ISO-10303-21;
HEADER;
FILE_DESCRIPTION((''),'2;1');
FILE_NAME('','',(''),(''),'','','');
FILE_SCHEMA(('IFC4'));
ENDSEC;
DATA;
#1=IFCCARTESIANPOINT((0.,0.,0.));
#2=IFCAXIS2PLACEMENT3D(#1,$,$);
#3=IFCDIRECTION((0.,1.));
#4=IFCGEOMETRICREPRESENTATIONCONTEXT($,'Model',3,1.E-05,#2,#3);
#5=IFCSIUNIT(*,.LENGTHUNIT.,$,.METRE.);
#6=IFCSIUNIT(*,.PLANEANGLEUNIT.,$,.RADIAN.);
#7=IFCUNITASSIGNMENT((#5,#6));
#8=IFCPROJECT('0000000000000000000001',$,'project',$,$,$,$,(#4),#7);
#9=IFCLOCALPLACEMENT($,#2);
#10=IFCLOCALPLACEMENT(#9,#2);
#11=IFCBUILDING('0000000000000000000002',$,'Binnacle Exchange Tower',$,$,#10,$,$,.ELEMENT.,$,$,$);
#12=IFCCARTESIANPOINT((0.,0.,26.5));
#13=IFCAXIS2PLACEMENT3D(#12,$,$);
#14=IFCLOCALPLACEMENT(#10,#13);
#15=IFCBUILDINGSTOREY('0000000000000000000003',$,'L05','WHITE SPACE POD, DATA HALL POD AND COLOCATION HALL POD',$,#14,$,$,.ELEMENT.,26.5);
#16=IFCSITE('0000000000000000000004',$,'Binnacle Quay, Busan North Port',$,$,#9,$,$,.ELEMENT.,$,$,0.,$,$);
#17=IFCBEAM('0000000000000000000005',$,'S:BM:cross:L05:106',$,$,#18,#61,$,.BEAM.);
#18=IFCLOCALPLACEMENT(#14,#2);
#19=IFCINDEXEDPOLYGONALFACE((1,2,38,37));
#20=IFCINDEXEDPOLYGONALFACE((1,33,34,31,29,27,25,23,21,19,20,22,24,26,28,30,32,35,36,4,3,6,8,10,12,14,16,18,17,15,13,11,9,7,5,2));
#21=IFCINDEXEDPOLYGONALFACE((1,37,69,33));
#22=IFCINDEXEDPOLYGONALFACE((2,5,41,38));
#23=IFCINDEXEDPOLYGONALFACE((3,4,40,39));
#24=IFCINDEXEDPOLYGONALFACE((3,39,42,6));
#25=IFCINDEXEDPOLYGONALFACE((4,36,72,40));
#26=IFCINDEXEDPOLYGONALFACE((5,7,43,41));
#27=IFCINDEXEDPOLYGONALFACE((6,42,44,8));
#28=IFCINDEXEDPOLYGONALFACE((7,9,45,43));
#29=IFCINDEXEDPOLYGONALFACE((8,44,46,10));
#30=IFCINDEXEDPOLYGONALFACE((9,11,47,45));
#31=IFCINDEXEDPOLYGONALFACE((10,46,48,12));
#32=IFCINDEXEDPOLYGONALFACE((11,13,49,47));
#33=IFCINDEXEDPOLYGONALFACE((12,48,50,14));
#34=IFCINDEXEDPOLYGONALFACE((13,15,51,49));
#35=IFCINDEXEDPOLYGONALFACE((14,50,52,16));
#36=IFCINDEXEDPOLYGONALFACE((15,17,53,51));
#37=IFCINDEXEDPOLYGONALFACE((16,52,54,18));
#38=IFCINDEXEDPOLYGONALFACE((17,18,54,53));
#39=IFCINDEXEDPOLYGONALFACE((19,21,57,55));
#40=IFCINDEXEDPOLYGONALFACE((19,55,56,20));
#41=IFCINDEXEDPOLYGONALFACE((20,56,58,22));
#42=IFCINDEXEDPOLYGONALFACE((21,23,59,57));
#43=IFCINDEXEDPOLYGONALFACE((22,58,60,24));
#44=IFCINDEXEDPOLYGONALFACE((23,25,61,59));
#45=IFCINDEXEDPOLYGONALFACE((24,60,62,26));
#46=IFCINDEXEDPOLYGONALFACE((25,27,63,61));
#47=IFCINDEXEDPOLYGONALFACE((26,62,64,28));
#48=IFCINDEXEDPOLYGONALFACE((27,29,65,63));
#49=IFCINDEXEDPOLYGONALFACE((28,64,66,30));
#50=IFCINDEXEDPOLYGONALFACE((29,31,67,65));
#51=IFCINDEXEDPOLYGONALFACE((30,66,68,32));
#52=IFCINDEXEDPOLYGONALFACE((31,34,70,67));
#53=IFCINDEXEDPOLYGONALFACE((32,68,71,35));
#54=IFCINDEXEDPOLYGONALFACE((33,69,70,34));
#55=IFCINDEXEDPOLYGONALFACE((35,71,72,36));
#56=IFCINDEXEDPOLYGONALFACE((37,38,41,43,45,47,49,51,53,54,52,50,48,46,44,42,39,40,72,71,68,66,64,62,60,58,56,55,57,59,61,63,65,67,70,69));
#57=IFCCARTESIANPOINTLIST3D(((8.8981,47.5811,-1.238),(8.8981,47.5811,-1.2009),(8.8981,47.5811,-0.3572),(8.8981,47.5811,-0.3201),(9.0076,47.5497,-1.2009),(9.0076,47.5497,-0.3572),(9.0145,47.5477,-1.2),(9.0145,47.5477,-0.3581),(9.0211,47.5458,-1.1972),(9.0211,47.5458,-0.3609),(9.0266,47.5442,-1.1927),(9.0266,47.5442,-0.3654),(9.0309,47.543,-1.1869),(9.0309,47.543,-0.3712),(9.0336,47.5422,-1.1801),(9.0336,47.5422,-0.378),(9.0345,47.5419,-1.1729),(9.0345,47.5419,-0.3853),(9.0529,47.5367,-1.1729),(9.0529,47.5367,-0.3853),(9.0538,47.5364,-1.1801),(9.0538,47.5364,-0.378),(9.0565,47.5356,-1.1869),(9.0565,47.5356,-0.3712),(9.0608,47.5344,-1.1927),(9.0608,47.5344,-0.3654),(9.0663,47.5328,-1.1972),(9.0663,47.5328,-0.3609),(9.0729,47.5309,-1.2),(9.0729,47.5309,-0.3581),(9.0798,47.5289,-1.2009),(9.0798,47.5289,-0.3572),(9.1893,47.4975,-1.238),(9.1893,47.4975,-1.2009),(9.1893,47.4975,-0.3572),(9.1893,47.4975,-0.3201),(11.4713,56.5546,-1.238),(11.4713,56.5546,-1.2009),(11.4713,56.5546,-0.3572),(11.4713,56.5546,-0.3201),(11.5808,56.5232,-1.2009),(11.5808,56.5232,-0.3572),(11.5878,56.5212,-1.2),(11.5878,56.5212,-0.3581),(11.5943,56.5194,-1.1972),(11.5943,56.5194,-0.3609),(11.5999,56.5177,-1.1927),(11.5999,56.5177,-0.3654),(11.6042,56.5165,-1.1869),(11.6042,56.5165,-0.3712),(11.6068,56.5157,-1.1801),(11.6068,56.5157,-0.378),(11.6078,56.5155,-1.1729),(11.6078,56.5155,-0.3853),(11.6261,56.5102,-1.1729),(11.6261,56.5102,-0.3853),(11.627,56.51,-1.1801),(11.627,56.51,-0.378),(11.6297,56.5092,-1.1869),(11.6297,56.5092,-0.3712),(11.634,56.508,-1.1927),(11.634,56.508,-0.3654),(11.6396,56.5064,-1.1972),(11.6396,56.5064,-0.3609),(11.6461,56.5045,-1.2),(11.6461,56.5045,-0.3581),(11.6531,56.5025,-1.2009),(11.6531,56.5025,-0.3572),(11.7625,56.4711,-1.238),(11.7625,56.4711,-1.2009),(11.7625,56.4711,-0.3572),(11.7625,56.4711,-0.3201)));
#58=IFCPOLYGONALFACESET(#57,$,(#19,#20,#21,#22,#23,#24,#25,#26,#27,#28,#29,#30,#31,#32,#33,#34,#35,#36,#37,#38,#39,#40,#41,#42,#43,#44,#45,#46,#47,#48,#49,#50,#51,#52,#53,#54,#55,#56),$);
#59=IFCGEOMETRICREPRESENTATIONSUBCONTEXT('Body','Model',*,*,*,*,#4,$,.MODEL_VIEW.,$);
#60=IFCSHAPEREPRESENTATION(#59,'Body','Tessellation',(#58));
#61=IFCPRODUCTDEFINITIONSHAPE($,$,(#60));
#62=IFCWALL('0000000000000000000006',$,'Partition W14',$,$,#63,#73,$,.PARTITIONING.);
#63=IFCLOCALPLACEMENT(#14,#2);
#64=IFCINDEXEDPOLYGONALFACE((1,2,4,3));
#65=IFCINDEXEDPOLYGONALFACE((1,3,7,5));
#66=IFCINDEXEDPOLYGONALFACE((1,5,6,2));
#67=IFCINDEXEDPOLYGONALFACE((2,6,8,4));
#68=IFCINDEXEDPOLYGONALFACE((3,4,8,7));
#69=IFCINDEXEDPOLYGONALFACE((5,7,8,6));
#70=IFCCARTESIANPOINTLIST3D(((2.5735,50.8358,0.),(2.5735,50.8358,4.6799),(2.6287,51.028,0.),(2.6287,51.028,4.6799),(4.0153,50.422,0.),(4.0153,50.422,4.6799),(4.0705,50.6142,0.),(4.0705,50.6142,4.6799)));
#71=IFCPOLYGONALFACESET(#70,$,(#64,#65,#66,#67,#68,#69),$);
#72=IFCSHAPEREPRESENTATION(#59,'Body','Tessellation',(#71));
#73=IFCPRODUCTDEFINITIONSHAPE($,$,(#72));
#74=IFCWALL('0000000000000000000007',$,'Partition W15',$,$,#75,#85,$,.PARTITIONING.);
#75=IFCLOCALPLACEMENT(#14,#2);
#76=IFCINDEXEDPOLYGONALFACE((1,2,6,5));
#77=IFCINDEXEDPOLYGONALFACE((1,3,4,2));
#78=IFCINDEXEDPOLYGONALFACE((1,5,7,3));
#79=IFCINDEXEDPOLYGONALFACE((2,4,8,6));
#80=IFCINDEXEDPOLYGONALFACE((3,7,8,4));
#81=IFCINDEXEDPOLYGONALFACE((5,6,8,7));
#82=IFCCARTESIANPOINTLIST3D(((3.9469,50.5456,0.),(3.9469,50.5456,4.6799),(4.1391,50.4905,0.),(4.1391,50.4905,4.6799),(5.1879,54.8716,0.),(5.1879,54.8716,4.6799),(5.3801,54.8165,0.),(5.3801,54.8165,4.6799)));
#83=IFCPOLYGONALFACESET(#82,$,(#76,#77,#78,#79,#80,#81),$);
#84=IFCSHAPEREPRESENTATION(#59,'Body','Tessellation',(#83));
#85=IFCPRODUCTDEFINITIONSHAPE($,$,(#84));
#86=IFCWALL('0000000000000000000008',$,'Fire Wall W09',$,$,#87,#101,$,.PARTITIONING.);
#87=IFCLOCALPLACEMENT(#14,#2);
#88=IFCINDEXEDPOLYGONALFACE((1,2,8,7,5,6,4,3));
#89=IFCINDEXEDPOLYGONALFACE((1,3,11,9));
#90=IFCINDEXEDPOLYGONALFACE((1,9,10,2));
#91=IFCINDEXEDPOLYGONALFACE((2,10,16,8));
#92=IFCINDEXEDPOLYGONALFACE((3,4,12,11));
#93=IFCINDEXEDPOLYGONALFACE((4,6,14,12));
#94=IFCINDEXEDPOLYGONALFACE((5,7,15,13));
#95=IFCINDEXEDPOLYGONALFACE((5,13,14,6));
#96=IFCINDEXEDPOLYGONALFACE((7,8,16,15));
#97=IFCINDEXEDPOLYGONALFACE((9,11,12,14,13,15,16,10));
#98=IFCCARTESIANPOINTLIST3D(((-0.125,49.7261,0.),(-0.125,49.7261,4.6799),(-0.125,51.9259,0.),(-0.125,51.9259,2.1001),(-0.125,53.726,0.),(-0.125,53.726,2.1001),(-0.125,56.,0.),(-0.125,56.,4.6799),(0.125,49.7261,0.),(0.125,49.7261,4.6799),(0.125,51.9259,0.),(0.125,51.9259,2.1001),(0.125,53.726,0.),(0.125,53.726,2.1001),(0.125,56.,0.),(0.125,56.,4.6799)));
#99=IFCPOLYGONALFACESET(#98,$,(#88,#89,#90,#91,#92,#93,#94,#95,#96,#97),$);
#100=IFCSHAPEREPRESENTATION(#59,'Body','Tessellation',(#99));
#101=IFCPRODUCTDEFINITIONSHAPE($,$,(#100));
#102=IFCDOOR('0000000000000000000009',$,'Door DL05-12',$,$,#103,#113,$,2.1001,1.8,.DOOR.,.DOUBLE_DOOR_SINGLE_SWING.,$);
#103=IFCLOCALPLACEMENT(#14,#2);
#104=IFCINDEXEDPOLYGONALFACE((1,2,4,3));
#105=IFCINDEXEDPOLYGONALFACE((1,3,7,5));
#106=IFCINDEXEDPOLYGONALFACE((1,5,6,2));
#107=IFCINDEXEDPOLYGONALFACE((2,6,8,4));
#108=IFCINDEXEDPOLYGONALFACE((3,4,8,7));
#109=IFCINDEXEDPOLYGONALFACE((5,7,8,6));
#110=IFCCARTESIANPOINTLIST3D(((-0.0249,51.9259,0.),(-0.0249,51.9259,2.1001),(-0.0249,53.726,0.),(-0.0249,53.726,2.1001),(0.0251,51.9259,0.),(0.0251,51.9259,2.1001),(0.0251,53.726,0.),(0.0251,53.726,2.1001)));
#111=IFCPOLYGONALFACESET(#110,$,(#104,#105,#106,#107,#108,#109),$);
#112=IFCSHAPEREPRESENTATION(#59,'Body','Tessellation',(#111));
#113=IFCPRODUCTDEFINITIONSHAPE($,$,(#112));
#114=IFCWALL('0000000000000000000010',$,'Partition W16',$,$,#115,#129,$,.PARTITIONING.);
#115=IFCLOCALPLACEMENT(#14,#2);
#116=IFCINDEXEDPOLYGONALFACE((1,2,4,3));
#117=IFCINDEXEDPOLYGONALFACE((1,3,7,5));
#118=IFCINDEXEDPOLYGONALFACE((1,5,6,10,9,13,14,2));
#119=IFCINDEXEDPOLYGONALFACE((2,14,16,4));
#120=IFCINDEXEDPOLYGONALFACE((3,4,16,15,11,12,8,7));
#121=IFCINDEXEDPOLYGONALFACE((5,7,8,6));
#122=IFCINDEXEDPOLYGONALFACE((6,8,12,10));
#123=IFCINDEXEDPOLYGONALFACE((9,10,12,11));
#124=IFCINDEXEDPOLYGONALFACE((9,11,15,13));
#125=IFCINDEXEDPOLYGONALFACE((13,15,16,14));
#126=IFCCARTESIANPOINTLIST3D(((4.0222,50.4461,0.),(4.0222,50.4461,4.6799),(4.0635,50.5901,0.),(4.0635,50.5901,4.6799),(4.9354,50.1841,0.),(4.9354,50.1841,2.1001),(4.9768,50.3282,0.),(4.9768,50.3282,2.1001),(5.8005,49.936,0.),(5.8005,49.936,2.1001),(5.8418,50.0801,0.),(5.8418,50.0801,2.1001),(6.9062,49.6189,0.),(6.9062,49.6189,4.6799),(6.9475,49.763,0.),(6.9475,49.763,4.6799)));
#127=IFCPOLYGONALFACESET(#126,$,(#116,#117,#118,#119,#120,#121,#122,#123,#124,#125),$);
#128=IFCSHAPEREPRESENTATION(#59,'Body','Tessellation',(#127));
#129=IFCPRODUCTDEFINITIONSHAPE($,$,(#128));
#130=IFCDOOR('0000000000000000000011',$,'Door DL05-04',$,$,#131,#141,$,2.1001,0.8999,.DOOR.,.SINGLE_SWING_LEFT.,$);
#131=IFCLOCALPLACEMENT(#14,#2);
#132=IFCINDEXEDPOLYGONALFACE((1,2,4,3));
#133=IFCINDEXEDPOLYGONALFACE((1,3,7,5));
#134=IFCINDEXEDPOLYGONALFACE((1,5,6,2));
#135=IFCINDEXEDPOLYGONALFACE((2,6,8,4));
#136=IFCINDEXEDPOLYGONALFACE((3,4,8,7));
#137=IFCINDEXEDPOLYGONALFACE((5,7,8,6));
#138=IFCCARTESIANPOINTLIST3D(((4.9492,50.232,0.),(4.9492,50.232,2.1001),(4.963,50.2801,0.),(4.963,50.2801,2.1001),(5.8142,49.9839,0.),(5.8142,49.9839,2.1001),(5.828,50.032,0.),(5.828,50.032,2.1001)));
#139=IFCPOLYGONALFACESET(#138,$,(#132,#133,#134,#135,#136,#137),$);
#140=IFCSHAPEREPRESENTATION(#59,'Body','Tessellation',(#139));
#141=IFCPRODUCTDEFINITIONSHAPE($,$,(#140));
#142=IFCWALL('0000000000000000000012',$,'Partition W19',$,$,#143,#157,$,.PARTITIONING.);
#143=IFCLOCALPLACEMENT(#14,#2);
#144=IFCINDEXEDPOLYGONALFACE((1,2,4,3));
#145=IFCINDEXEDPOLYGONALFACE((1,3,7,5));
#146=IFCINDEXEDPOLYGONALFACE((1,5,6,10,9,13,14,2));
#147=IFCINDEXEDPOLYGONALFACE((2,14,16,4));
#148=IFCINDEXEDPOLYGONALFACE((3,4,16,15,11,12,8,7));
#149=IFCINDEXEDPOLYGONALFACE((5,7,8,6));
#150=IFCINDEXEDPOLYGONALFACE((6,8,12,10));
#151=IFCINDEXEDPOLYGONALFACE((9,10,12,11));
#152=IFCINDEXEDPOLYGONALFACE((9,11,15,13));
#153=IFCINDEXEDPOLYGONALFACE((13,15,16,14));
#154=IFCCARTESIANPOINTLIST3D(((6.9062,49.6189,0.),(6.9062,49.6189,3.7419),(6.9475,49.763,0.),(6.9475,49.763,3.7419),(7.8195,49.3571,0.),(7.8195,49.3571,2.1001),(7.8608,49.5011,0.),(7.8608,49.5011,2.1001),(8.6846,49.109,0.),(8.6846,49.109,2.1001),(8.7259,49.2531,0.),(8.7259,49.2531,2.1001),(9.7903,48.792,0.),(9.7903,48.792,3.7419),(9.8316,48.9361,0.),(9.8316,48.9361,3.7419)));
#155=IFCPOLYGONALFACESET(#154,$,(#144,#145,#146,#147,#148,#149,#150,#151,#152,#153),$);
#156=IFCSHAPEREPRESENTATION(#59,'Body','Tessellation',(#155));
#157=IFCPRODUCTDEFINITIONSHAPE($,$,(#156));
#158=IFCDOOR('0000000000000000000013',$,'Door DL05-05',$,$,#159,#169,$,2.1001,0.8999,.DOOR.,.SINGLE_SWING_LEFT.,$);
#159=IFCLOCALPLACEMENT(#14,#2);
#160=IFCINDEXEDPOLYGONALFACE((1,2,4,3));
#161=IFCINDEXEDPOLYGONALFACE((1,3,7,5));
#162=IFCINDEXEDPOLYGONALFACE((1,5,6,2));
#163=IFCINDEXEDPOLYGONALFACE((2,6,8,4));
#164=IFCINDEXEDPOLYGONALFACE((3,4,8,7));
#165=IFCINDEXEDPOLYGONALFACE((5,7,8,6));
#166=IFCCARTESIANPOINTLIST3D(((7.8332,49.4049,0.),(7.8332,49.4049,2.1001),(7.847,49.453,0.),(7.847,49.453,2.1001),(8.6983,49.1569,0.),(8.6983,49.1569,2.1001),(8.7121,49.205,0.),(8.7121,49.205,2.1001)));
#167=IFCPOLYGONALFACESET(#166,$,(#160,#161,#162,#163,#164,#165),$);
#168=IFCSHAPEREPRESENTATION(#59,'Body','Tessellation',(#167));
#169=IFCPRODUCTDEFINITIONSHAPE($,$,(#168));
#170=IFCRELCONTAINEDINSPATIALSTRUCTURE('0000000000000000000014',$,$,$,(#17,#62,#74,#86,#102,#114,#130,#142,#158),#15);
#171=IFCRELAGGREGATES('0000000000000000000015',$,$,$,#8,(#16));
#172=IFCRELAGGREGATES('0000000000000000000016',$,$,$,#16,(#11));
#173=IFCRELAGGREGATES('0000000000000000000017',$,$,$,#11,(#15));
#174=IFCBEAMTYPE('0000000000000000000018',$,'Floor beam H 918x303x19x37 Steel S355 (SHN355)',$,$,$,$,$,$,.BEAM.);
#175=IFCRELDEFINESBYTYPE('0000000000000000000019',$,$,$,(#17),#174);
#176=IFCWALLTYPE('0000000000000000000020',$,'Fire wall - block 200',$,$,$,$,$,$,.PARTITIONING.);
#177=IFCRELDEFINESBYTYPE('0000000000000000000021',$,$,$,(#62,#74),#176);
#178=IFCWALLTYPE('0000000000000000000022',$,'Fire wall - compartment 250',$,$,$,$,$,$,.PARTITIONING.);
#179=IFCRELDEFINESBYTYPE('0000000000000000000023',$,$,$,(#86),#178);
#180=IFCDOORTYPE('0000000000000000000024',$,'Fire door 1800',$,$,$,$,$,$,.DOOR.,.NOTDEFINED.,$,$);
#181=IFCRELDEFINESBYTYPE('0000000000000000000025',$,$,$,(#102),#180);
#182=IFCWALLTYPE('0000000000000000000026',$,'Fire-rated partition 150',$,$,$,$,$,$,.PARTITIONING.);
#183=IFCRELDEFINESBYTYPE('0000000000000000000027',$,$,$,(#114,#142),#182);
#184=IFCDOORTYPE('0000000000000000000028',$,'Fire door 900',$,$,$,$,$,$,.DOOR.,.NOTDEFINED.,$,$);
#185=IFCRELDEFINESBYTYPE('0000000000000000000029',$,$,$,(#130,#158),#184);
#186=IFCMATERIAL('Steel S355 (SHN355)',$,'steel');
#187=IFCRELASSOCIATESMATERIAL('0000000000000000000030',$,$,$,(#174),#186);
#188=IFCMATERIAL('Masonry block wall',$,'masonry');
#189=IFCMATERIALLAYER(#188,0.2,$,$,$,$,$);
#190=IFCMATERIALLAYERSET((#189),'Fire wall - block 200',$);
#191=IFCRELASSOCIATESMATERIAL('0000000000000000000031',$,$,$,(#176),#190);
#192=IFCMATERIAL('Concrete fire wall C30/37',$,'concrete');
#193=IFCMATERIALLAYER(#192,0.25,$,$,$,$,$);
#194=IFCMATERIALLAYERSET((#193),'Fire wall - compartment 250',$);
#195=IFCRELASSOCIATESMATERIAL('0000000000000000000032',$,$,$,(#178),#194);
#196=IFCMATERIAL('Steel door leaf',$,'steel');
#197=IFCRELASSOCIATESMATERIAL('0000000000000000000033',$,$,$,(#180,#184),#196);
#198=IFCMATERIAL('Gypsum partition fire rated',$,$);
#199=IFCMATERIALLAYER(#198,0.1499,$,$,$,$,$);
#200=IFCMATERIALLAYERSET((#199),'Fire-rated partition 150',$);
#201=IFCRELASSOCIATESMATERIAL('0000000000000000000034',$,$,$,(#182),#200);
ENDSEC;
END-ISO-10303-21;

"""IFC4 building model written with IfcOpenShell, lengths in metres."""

from ifc_helpers import new_model, si_unit, direction, frame, frame_2d, origin, origin_2d, place, context, subcontext, project, spatial, rectangle, i_section, extrude, material, layer, layer_set, material_profile, profile_set, type_object, element, fill, save


model = new_model("IFC4")

# Units and contexts
model_context = context("Model", 3, precision=1e-05, world=origin(), true_north=direction((0.0, 1.0)))
body_context = subcontext(model_context, "Body", "Model", "MODEL_VIEW")
ifc_project = project(units=[si_unit("LENGTHUNIT", "METRE"), si_unit("PLANEANGLEUNIT", "RADIAN")], contexts=[model_context])

# Site, building, storey
site_placement = place(None, origin())
site = spatial("IfcSite", under=ifc_project, at=site_placement, Name="Binnacle Quay, Busan North Port", CompositionType="ELEMENT", RefElevation=0.0)
building_placement = place(site_placement, origin())
building = spatial("IfcBuilding", under=site, at=building_placement, Name="Binnacle Exchange Tower", CompositionType="ELEMENT")
storey_placement = place(building_placement, frame((0.0, 0.0, 26.5)))
storey = spatial("IfcBuildingStorey", under=building, at=storey_placement, Name="L05", Description="WHITE SPACE POD, DATA HALL POD AND COLOCATION HALL POD", CompositionType="ELEMENT", Elevation=26.5)

# Beam
ifc_material_1 = material(Name="Steel S355 (SHN355)", Category="steel")
ifc_material_profile_1 = material_profile(ifc_material_1, i_section(OverallWidth=0.303, OverallDepth=0.918, WebThickness=0.019, FlangeThickness=0.0371, FilletRadius=0.0281, at=origin_2d()), Name="H 918x303x19x37")
ifc_profile_set_1 = profile_set([ifc_material_profile_1], Name="Steel S355 (SHN355)")
beam_type_1 = type_object("IfcBeamType", Name="Floor beam H 918x303x19x37 Steel S355 (SHN355)", PredefinedType="BEAM", material=ifc_profile_set_1)
beam_1_placement = place(storey_placement, frame((9.0437, 47.5393, -0.7791), z_axis=(0.275647, 0.961259, 0.0), x_axis=(-0.961259, 0.275647, 0.0)))
element("IfcBeam", 1, at=beam_1_placement, inside=storey, type_object=beam_type_1, Name="S:BM:cross:L05:106", PredefinedType="BEAM", context=body_context, shape_type="SweptSolid", body=[
    extrude(i_section(OverallWidth=0.303, OverallDepth=0.918, WebThickness=0.019, FlangeThickness=0.0371, FilletRadius=0.0281, at=origin_2d()), origin(), (0.0, 0.0, 1.0), 9.3352),
])

# Walls
ifc_material_2 = material(Name="Masonry block wall", Category="masonry")
ifc_layer_1 = layer(ifc_material_2, 0.2)
ifc_layer_set_1 = layer_set([ifc_layer_1], Name="Fire wall - block 200")
wall_type_1 = type_object("IfcWallType", Name="Fire wall - block 200", PredefinedType="PARTITIONING", material=ifc_layer_set_1)
wall_1_placement = place(storey_placement, frame((2.6011, 50.9319, 0.0), z_axis=(0.0, 0.0, 1.0), x_axis=(0.961198, -0.27586, 0.0)))
element("IfcWall", 2, at=wall_1_placement, inside=storey, type_object=wall_type_1, Name="Partition W14", PredefinedType="PARTITIONING", context=body_context, shape_type="SweptSolid", body=[
    extrude(rectangle(XDim=1.5, YDim=0.2, at=frame_2d((0.75, 0.0))), origin(), (0.0, 0.0, 1.0), 4.6799),
])
wall_2_placement = place(storey_placement, frame((4.043, 50.5181, 0.0), z_axis=(0.0, 0.0, 1.0), x_axis=(0.275746, 0.961231, 0.0)))
element("IfcWall", 3, at=wall_2_placement, inside=storey, type_object=wall_type_1, Name="Partition W15", PredefinedType="PARTITIONING", context=body_context, shape_type="SweptSolid", body=[
    extrude(rectangle(XDim=4.5005, YDim=0.2, at=frame_2d((2.2502, 0.0))), origin(), (0.0, 0.0, 1.0), 4.6799),
])

# Walls, openings, doors
ifc_material_3 = material(Name="Concrete fire wall C30/37", Category="concrete")
ifc_layer_2 = layer(ifc_material_3, 0.25)
ifc_layer_set_2 = layer_set([ifc_layer_2], Name="Fire wall - compartment 250")
wall_type_2 = type_object("IfcWallType", Name="Fire wall - compartment 250", PredefinedType="PARTITIONING", material=ifc_layer_set_2)
wall_3_placement = place(storey_placement, frame((0.0, 49.7261, 0.0), z_axis=(0.0, 0.0, 1.0), x_axis=(0.0, 1.0, 0.0)))
wall_3 = element("IfcWall", 4, at=wall_3_placement, inside=storey, type_object=wall_type_2, Name="Fire Wall W09", PredefinedType="PARTITIONING", context=body_context, shape_type="SweptSolid", body=[
    extrude(rectangle(XDim=6.2739, YDim=0.25, at=frame_2d((3.137, 0.0))), origin(), (0.0, 0.0, 1.0), 4.6799),
])
opening_1_placement = place(wall_3_placement, frame((2.2, 0.0, 0.0)))
opening_1 = element("IfcOpeningElement", 5, at=opening_1_placement, cuts=wall_3, PredefinedType="OPENING", context=body_context, shape_type="SweptSolid", body=[
    extrude(rectangle(XDim=1.8, YDim=2.1001, at=frame_2d((0.8999, 1.05))), frame((0.0, 0.135, 0.0), z_axis=(0.0, -1.0, 0.0), x_axis=(1.0, 0.0, 0.0)), (0.0, 0.0, 1.0), 0.27),
])
ifc_material_4 = material(Name="Steel door leaf", Category="steel")
door_type_1 = type_object("IfcDoorType", Name="Fire door 1800", OperationType="NOTDEFINED", PredefinedType="DOOR", material=ifc_material_4)
door_1_placement = place(opening_1_placement, origin())
door_1 = element("IfcDoor", 6, at=door_1_placement, inside=storey, type_object=door_type_1, Name="Door DL05-12", OperationType="DOUBLE_DOOR_SINGLE_SWING", OverallHeight=2.1001, OverallWidth=1.8, PredefinedType="DOOR", context=body_context, shape_type="SweptSolid", body=[
    extrude(rectangle(XDim=1.8, YDim=2.1001, at=frame_2d((0.8999, 1.05))), frame((0.0, 0.0249, 0.0), z_axis=(0.0, -1.0, 0.0), x_axis=(1.0, 0.0, 0.0)), (0.0, 0.0, 1.0), 0.05),
])
fill(opening_1, door_1)
ifc_material_5 = material(Name="Gypsum partition fire rated")
ifc_layer_3 = layer(ifc_material_5, 0.1499)
ifc_layer_set_3 = layer_set([ifc_layer_3], Name="Fire-rated partition 150")
wall_type_3 = type_object("IfcWallType", Name="Fire-rated partition 150", PredefinedType="PARTITIONING", material=ifc_layer_set_3)
wall_4_placement = place(storey_placement, frame((4.043, 50.5181, 0.0), z_axis=(0.0, 0.0, 1.0), x_axis=(0.961247, -0.275688, 0.0)))
wall_4 = element("IfcWall", 7, at=wall_4_placement, inside=storey, type_object=wall_type_3, Name="Partition W16", PredefinedType="PARTITIONING", context=body_context, shape_type="SweptSolid", body=[
    extrude(rectangle(XDim=3.0002, YDim=0.1499, at=frame_2d((1.5, 0.0))), origin(), (0.0, 0.0, 1.0), 4.6799),
])
opening_2_placement = place(wall_4_placement, frame((0.95, 0.0, 0.0)))
opening_2 = element("IfcOpeningElement", 8, at=opening_2_placement, cuts=wall_4, PredefinedType="OPENING", context=body_context, shape_type="SweptSolid", body=[
    extrude(rectangle(XDim=0.8999, YDim=2.1001, at=frame_2d((0.45, 1.05))), frame((0.0, 0.085, 0.0), z_axis=(0.0, -1.0, 0.0), x_axis=(1.0, 0.0, 0.0)), (0.0, 0.0, 1.0), 0.1699),
])
door_type_2 = type_object("IfcDoorType", Name="Fire door 900", OperationType="NOTDEFINED", PredefinedType="DOOR", material=ifc_material_4)
door_2_placement = place(opening_2_placement, origin())
door_2 = element("IfcDoor", 9, at=door_2_placement, inside=storey, type_object=door_type_2, Name="Door DL05-04", OperationType="SINGLE_SWING_LEFT", OverallHeight=2.1001, OverallWidth=0.8999, PredefinedType="DOOR", context=body_context, shape_type="SweptSolid", body=[
    extrude(rectangle(XDim=0.8999, YDim=2.1001, at=frame_2d((0.45, 1.05))), frame((0.0, 0.0249, 0.0), z_axis=(0.0, -1.0, 0.0), x_axis=(1.0, 0.0, 0.0)), (0.0, 0.0, 1.0), 0.05),
])
fill(opening_2, door_2)
wall_5_placement = place(storey_placement, frame((6.927, 49.6909, 0.0), z_axis=(0.0, 0.0, 1.0), x_axis=(0.961269, -0.275613, 0.0)))
wall_5 = element("IfcWall", 10, at=wall_5_placement, inside=storey, type_object=wall_type_3, Name="Partition W19", PredefinedType="PARTITIONING", context=body_context, shape_type="SweptSolid", body=[
    extrude(rectangle(XDim=3.0002, YDim=0.1499, at=frame_2d((1.5, 0.0))), origin(), (0.0, 0.0, 1.0), 3.7419),
])
opening_3_placement = place(wall_5_placement, frame((0.95, 0.0, 0.0)))
opening_3 = element("IfcOpeningElement", 11, at=opening_3_placement, cuts=wall_5, PredefinedType="OPENING", context=body_context, shape_type="SweptSolid", body=[
    extrude(rectangle(XDim=0.8999, YDim=2.1001, at=frame_2d((0.45, 1.05))), frame((0.0, 0.085, 0.0), z_axis=(0.0, -1.0, 0.0), x_axis=(1.0, 0.0, 0.0)), (0.0, 0.0, 1.0), 0.1699),
])
door_3_placement = place(opening_3_placement, origin())
door_3 = element("IfcDoor", 12, at=door_3_placement, inside=storey, type_object=door_type_2, Name="Door DL05-05", OperationType="SINGLE_SWING_LEFT", OverallHeight=2.1001, OverallWidth=0.8999, PredefinedType="DOOR", context=body_context, shape_type="SweptSolid", body=[
    extrude(rectangle(XDim=0.8999, YDim=2.1001, at=frame_2d((0.45, 1.05))), frame((0.0, 0.0249, 0.0), z_axis=(0.0, -1.0, 0.0), x_axis=(1.0, 0.0, 0.0)), (0.0, 0.0, 1.0), 0.05),
])
fill(opening_3, door_3)

save(model, "model.ifc")
